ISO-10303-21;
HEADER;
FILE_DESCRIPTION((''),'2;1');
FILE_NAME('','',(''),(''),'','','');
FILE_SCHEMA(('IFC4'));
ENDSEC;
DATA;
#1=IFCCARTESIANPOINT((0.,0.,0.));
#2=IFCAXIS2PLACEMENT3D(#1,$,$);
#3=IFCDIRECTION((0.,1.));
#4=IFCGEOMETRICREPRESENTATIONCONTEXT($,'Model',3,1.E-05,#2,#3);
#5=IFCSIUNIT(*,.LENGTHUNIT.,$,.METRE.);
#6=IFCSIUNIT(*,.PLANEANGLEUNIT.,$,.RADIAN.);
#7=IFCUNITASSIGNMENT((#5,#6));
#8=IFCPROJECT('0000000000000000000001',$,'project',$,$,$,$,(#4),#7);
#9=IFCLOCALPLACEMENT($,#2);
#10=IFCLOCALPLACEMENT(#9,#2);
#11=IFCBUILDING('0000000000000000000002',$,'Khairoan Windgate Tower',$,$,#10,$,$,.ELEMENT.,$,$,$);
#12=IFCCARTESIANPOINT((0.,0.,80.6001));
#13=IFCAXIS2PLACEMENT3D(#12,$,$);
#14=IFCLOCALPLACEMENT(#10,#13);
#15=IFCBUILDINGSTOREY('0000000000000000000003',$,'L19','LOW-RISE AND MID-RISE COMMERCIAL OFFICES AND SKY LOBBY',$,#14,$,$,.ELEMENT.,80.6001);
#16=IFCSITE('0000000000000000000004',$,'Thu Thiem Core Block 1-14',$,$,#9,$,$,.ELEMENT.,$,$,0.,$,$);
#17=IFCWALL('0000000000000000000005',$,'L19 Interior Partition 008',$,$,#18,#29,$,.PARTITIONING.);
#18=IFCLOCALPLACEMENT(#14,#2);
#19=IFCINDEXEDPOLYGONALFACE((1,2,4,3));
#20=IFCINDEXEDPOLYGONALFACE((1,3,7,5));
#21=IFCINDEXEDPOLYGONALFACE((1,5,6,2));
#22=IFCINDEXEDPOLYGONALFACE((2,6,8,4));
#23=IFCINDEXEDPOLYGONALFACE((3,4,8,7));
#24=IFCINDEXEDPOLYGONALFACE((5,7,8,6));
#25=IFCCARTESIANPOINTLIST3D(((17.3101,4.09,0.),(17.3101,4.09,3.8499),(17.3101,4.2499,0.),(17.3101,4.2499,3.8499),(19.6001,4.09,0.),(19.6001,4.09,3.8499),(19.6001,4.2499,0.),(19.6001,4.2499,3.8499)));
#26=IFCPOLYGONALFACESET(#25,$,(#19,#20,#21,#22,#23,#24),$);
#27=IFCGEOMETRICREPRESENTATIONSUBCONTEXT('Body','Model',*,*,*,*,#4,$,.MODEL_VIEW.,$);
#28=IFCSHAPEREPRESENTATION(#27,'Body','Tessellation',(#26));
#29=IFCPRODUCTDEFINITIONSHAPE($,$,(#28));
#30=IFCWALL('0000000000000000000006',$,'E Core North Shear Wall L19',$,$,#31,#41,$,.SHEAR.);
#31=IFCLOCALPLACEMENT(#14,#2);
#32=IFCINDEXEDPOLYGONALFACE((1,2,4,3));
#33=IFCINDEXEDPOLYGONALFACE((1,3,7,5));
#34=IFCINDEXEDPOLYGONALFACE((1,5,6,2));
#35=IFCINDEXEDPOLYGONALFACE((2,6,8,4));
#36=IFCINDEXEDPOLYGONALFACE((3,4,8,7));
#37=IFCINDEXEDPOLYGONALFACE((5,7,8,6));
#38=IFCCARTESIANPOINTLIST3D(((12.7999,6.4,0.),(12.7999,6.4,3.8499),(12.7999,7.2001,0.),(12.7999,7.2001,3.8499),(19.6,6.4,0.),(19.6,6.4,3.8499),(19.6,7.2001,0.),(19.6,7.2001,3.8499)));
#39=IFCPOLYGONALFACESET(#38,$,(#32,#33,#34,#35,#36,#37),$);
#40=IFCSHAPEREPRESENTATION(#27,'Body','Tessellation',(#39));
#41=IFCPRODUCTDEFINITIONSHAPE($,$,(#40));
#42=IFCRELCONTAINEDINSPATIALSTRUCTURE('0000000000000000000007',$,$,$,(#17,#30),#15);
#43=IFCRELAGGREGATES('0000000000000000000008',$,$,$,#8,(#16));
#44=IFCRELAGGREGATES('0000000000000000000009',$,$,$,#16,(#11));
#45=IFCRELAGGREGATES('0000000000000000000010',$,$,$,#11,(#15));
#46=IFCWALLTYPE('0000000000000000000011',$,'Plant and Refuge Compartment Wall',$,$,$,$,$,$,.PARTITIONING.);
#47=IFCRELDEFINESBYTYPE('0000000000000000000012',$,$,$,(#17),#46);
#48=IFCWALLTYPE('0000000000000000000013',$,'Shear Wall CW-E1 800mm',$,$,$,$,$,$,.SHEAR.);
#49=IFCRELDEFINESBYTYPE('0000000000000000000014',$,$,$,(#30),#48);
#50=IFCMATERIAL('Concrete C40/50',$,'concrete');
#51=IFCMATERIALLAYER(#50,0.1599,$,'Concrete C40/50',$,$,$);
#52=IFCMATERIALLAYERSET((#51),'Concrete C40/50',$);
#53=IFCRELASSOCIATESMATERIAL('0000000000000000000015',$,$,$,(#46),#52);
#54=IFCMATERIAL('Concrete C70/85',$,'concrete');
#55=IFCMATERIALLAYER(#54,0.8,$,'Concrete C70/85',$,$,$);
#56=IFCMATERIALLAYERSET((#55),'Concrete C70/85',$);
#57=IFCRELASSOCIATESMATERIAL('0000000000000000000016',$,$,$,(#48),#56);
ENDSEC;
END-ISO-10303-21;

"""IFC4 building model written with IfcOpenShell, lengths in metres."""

from ifc_helpers import new_model, si_unit, direction, frame, frame_2d, origin, place, context, subcontext, project, spatial, rectangle, extrude, material, layer, layer_set, type_object, element, save


model = new_model("IFC4")

# Units and contexts
model_context = context("Model", 3, precision=1e-05, world=origin(), true_north=direction((0.0, 1.0)))
body_context = subcontext(model_context, "Body", "Model", "MODEL_VIEW")
ifc_project = project(units=[si_unit("LENGTHUNIT", "METRE"), si_unit("PLANEANGLEUNIT", "RADIAN")], contexts=[model_context])

# Site, building, storey
site_placement = place(None, origin())
site = spatial("IfcSite", under=ifc_project, at=site_placement, Name="Thu Thiem Core Block 1-14", CompositionType="ELEMENT", RefElevation=0.0)
building_placement = place(site_placement, origin())
building = spatial("IfcBuilding", under=site, at=building_placement, Name="Khairoan Windgate Tower", CompositionType="ELEMENT")
storey_placement = place(building_placement, frame((0.0, 0.0, 80.6001)))
storey = spatial("IfcBuildingStorey", under=building, at=storey_placement, Name="L19", Description="LOW-RISE AND MID-RISE COMMERCIAL OFFICES AND SKY LOBBY", CompositionType="ELEMENT", Elevation=80.6001)

# Shared definitions
ifc_material_1 = material(Name="Concrete C40/50", Category="concrete")
ifc_layer_1 = layer(ifc_material_1, 0.1599, Name="Concrete C40/50")
ifc_layer_set_1 = layer_set([ifc_layer_1], Name="Concrete C40/50")
wall_type_1 = type_object("IfcWallType", Name="Plant and Refuge Compartment Wall", PredefinedType="PARTITIONING", material=ifc_layer_set_1)

# Walls
wall_1_placement = place(storey_placement, frame((17.3101, 4.1699, 0.0), z_axis=(0.0, 0.0, 1.0), x_axis=(1.0, 0.0, 0.0)))
element("IfcWall", 1, at=wall_1_placement, inside=storey, type_object=wall_type_1, Name="L19 Interior Partition 008", PredefinedType="PARTITIONING", context=body_context, shape_type="SweptSolid", body=[
    extrude(rectangle(XDim=2.29, YDim=0.1599, at=frame_2d((1.145, 0.0))), origin(), (0.0, 0.0, 1.0), 3.8499),
])
ifc_material_2 = material(Name="Concrete C70/85", Category="concrete")
ifc_layer_2 = layer(ifc_material_2, 0.8, Name="Concrete C70/85")
ifc_layer_set_2 = layer_set([ifc_layer_2], Name="Concrete C70/85")
wall_type_2 = type_object("IfcWallType", Name="Shear Wall CW-E1 800mm", PredefinedType="SHEAR", material=ifc_layer_set_2)
wall_2_placement = place(storey_placement, frame((12.8, 6.8, 0.0), z_axis=(0.0, 0.0, 1.0), x_axis=(1.0, 0.0, 0.0)))
element("IfcWall", 2, at=wall_2_placement, inside=storey, type_object=wall_type_2, Name="E Core North Shear Wall L19", PredefinedType="SHEAR", context=body_context, shape_type="SweptSolid", body=[
    extrude(rectangle(XDim=6.8, YDim=0.8, at=frame_2d((3.3999, 0.0))), origin(), (0.0, 0.0, 1.0), 3.8499),
])

save(model, "model.ifc")
